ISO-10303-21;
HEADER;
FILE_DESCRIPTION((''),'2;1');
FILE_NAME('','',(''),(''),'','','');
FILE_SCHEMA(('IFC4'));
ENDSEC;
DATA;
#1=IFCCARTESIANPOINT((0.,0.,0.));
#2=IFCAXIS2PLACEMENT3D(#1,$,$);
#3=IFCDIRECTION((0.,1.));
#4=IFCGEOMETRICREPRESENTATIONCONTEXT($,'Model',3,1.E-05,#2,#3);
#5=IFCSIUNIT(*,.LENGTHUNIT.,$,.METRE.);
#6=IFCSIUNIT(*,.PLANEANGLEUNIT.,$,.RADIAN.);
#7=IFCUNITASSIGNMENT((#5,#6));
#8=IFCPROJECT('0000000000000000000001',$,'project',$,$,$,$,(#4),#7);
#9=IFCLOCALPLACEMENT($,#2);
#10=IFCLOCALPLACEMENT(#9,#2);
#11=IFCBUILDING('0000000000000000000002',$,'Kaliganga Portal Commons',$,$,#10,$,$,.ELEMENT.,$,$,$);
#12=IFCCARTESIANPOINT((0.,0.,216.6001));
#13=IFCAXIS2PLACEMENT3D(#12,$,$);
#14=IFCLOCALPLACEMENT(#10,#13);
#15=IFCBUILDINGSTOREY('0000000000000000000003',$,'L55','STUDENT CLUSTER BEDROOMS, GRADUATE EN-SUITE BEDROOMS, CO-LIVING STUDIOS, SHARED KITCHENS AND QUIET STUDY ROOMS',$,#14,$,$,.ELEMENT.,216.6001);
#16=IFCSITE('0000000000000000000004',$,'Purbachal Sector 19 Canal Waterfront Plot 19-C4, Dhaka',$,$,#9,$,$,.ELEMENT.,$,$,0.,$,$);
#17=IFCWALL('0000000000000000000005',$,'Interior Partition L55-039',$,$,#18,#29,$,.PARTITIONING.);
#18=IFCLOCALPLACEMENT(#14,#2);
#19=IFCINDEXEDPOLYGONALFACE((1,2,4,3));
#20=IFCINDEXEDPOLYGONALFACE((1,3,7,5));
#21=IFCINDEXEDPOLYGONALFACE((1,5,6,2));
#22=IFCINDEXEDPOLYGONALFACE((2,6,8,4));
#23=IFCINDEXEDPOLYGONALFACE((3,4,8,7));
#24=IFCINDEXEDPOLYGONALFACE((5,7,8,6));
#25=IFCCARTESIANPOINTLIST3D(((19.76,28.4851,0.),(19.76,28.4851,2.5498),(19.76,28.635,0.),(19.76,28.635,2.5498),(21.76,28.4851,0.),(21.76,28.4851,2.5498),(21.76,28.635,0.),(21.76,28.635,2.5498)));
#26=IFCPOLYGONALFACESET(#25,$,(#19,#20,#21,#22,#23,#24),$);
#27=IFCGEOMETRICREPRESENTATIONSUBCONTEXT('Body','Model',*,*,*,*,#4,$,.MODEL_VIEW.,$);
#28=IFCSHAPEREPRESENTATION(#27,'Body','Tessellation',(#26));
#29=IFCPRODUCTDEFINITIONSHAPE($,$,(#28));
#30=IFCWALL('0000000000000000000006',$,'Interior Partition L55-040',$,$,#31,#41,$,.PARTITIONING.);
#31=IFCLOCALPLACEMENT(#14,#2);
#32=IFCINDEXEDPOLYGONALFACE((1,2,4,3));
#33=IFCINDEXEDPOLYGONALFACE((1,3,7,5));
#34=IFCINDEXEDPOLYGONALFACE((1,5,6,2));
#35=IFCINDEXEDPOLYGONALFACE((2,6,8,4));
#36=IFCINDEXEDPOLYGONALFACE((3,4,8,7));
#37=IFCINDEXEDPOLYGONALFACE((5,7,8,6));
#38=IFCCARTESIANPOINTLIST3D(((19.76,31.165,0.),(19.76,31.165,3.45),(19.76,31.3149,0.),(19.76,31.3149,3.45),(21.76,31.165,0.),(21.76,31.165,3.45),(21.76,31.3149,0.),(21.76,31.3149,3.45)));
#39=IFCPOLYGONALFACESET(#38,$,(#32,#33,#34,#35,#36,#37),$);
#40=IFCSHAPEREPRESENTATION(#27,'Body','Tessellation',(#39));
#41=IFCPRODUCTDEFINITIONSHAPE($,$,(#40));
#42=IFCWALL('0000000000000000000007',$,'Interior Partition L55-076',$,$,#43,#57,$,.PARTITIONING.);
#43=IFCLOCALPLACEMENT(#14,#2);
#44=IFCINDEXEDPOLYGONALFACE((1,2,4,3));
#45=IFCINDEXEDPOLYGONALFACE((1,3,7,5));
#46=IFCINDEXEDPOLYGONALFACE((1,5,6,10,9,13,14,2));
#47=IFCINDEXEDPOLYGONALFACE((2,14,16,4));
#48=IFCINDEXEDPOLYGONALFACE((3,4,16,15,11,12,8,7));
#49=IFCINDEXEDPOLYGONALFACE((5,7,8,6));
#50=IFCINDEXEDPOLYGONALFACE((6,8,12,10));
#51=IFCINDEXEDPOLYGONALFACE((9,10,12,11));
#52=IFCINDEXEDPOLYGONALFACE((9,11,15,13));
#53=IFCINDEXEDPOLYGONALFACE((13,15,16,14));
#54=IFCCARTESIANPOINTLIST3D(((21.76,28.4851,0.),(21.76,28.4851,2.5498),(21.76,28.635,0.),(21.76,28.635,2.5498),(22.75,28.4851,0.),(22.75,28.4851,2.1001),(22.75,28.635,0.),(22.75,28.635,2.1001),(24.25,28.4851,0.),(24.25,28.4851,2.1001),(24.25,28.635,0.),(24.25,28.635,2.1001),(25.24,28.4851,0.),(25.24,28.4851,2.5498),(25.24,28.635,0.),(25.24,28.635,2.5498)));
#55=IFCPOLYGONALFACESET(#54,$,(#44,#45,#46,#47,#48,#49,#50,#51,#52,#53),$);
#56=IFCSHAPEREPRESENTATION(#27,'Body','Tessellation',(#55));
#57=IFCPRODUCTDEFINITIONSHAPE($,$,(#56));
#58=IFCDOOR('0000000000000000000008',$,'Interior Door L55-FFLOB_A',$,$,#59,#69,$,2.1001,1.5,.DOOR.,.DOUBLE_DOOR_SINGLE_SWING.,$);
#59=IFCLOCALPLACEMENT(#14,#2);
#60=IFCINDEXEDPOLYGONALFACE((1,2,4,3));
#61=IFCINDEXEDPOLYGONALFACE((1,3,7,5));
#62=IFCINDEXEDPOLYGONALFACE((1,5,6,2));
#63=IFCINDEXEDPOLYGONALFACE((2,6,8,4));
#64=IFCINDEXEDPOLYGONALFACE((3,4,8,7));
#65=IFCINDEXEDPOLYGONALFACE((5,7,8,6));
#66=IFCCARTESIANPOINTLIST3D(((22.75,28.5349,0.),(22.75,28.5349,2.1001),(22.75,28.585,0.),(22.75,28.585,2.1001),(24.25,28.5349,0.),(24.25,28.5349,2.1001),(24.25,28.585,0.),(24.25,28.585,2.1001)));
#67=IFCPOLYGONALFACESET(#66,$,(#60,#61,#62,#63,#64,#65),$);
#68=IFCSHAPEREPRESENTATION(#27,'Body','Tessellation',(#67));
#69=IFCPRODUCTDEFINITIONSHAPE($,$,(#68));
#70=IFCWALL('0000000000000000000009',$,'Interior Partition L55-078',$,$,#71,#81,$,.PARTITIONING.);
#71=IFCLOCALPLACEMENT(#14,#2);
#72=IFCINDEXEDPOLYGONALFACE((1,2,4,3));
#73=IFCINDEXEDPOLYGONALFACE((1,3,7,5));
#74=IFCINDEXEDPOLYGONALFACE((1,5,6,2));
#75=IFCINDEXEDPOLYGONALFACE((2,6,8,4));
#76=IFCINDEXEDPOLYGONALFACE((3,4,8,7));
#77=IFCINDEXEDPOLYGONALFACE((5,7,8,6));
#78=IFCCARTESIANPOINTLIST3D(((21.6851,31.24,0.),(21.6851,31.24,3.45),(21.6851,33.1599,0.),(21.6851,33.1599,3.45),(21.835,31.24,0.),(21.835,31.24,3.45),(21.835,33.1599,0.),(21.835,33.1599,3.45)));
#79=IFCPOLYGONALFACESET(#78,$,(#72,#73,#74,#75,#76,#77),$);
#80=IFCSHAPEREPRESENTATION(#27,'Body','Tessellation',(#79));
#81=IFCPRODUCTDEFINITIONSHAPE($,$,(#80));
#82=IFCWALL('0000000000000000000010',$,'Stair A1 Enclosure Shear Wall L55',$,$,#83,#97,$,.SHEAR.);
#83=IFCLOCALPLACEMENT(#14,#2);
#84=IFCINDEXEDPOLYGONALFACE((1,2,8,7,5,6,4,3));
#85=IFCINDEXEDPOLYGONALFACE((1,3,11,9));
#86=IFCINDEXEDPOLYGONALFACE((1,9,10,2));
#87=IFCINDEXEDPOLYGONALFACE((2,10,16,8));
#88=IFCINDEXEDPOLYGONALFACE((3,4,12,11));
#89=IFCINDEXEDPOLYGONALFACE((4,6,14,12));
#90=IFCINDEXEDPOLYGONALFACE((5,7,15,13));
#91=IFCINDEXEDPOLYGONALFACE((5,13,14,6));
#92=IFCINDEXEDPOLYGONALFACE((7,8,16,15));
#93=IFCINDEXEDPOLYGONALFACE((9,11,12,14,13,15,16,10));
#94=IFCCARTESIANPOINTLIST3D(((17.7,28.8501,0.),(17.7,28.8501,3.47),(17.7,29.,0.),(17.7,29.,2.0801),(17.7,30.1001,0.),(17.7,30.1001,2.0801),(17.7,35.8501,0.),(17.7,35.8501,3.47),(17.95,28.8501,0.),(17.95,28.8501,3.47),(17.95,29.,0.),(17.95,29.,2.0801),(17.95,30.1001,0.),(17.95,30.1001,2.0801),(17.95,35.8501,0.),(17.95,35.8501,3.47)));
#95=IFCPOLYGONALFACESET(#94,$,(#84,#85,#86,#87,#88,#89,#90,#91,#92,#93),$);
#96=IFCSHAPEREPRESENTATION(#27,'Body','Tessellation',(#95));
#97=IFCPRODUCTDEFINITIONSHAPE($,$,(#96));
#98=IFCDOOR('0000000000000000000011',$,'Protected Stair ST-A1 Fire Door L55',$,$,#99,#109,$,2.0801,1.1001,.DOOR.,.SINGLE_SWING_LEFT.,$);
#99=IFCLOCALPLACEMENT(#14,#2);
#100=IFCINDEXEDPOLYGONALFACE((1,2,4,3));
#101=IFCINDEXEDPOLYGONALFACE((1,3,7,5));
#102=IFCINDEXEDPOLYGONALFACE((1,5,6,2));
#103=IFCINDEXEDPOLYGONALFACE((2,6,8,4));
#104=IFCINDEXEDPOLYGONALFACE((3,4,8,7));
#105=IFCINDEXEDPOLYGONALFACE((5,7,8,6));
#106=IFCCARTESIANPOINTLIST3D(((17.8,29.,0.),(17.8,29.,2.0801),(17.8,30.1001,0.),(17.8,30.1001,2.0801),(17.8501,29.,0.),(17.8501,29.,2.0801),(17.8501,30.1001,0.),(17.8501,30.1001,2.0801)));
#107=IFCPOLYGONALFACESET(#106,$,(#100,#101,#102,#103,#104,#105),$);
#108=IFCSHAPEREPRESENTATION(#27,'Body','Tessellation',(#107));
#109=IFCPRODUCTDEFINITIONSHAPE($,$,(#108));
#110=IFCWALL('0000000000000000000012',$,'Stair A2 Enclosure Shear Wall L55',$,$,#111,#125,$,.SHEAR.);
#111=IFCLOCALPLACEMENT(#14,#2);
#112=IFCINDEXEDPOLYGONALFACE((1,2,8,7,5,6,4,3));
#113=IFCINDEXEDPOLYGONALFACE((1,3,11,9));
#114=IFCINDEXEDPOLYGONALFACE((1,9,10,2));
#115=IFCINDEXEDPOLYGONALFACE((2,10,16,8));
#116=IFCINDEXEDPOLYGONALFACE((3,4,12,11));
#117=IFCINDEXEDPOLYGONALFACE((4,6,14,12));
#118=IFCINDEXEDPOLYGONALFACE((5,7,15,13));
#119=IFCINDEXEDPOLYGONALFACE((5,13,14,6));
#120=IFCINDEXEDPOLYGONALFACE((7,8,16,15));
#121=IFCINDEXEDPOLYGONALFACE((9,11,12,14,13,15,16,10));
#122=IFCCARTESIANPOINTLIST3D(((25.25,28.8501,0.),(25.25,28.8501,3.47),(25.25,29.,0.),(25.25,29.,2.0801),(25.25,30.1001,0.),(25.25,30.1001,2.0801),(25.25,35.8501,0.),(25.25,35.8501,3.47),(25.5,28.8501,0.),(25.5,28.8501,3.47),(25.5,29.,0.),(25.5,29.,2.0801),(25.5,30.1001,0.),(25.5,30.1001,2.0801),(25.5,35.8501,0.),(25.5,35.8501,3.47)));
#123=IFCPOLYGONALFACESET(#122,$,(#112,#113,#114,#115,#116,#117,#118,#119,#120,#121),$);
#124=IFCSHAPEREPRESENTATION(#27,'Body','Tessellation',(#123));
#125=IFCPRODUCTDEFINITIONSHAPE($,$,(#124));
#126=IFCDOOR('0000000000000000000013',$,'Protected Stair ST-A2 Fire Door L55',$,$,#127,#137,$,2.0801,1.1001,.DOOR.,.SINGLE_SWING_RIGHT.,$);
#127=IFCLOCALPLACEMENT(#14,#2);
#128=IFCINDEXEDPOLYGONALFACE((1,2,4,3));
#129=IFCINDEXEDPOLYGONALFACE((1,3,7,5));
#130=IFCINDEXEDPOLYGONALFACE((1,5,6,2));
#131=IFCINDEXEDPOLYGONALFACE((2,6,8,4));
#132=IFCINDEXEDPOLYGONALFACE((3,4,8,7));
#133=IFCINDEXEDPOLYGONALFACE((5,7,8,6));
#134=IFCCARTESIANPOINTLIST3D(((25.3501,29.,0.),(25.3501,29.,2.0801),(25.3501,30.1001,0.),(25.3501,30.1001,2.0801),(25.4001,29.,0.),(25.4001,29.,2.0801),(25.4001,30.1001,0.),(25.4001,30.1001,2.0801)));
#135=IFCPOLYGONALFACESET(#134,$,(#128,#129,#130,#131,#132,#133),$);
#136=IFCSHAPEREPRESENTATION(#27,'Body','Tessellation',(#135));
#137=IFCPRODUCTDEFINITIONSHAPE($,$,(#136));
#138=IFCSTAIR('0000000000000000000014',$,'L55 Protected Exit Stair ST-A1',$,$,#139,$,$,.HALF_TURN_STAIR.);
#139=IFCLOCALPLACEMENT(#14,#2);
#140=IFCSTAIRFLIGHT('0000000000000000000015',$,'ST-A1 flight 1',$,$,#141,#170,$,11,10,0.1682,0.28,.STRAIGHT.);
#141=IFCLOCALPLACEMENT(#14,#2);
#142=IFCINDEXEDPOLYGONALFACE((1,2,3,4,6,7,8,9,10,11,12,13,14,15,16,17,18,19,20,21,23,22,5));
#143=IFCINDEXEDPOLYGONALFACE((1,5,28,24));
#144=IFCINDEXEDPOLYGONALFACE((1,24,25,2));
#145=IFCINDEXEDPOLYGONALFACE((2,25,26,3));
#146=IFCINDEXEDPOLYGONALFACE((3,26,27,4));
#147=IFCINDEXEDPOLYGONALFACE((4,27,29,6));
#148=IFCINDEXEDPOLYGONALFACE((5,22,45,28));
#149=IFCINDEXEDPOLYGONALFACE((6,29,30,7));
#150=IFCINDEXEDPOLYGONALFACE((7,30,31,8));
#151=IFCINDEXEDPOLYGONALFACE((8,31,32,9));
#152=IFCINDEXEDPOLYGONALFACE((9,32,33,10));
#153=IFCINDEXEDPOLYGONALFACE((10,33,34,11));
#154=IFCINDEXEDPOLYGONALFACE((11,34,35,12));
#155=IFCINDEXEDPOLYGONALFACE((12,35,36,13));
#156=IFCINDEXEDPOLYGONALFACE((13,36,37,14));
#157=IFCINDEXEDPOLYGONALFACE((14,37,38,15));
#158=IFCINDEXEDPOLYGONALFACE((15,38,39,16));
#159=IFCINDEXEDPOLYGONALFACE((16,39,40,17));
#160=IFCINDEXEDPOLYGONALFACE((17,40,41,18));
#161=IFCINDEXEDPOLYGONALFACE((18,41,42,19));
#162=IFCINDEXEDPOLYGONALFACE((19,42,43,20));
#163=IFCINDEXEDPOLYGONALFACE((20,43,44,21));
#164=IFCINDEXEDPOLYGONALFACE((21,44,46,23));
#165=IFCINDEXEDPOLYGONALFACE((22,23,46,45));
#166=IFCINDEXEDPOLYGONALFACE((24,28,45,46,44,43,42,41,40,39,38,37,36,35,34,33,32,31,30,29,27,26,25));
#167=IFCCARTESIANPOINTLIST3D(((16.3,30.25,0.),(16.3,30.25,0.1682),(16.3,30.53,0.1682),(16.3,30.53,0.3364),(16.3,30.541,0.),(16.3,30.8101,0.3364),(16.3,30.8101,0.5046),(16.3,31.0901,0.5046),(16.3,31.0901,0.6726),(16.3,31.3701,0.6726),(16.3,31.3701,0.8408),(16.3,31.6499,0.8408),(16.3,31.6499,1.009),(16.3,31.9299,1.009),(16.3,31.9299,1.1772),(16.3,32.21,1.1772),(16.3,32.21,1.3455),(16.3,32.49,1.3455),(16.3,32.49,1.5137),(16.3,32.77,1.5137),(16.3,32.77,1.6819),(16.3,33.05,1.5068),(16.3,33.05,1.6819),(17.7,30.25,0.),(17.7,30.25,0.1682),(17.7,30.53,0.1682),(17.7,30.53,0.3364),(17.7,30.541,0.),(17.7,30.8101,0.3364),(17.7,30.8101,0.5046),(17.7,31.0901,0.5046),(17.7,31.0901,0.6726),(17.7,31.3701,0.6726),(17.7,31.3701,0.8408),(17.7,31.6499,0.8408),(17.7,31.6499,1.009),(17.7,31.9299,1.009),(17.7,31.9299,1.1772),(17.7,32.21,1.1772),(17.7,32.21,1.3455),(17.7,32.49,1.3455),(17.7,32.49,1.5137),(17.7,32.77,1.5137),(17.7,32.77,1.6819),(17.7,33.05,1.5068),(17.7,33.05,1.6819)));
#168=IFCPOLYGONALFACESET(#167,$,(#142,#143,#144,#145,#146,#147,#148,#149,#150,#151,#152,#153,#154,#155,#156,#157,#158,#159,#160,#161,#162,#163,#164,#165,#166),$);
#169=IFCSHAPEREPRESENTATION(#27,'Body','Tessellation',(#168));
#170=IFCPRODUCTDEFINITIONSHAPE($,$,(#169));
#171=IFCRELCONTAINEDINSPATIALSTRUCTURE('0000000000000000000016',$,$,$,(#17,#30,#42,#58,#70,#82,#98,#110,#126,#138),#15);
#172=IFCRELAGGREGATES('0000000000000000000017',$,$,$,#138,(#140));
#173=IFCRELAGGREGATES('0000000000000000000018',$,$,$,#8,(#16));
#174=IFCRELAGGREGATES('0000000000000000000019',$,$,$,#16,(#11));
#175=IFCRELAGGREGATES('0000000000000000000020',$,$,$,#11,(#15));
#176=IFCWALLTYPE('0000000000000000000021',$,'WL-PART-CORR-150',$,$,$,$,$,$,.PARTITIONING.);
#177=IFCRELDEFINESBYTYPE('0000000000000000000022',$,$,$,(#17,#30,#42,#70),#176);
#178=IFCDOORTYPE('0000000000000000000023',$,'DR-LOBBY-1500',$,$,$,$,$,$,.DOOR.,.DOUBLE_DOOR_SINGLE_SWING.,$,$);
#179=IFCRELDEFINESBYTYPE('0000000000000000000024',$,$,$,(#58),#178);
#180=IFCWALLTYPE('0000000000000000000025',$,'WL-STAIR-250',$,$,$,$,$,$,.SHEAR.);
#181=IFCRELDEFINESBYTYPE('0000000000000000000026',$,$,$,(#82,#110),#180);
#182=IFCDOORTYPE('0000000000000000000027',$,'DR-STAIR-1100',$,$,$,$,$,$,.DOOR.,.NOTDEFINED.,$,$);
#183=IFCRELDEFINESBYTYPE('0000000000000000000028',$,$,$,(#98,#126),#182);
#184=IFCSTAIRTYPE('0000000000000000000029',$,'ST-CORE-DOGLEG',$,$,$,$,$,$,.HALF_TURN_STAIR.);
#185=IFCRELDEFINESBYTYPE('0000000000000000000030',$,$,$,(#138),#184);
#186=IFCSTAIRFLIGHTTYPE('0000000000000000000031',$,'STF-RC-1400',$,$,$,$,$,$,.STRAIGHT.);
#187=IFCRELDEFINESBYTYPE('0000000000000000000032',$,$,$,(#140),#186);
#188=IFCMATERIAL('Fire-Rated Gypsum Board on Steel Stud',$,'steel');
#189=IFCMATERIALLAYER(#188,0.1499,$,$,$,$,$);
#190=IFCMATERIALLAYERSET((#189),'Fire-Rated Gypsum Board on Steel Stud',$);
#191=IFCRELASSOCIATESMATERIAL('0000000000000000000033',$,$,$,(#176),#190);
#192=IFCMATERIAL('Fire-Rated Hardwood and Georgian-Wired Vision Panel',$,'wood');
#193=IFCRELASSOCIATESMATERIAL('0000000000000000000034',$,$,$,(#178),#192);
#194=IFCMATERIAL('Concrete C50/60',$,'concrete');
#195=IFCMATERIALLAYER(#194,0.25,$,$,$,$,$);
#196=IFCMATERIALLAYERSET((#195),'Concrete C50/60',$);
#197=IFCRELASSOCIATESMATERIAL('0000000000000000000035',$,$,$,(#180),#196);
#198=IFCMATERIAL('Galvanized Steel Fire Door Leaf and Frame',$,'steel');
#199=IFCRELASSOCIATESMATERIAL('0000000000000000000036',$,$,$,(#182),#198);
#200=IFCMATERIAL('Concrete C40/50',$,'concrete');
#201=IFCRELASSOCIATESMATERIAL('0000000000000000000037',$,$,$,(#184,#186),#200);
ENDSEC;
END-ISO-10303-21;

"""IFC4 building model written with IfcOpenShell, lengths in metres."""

from ifc_helpers import new_model, si_unit, direction, frame, frame_2d, origin, place, context, subcontext, project, spatial, polyline, rectangle, outline, extrude, material, layer, layer_set, type_object, element, fill, aggregate, save


model = new_model("IFC4")

# Units and contexts
model_context = context("Model", 3, precision=1e-05, world=origin(), true_north=direction((0.0, 1.0)))
body_context = subcontext(model_context, "Body", "Model", "MODEL_VIEW")
ifc_project = project(units=[si_unit("LENGTHUNIT", "METRE"), si_unit("PLANEANGLEUNIT", "RADIAN")], contexts=[model_context])

# Site, building, storey
site_placement = place(None, origin())
site = spatial("IfcSite", under=ifc_project, at=site_placement, Name="Purbachal Sector 19 Canal Waterfront Plot 19-C4, Dhaka", CompositionType="ELEMENT", RefElevation=0.0)
building_placement = place(site_placement, origin())
building = spatial("IfcBuilding", under=site, at=building_placement, Name="Kaliganga Portal Commons", CompositionType="ELEMENT")
storey_placement = place(building_placement, frame((0.0, 0.0, 216.6001)))
storey = spatial("IfcBuildingStorey", under=building, at=storey_placement, Name="L55", Description="STUDENT CLUSTER BEDROOMS, GRADUATE EN-SUITE BEDROOMS, CO-LIVING STUDIOS, SHARED KITCHENS AND QUIET STUDY ROOMS", CompositionType="ELEMENT", Elevation=216.6001)

# Shared definitions
ifc_material_1 = material(Name="Concrete C50/60", Category="concrete")

# Shared definitions
ifc_material_2 = material(Name="Fire-Rated Gypsum Board on Steel Stud", Category="steel")
ifc_layer_1 = layer(ifc_material_2, 0.1499)
ifc_layer_set_1 = layer_set([ifc_layer_1], Name="Fire-Rated Gypsum Board on Steel Stud")
wall_type_1 = type_object("IfcWallType", Name="WL-PART-CORR-150", PredefinedType="PARTITIONING", material=ifc_layer_set_1)

# Walls
wall_1_placement = place(storey_placement, frame((19.76, 28.5601, 0.0), z_axis=(0.0, 0.0, 1.0), x_axis=(1.0, 0.0, 0.0)))
element("IfcWall", 1, at=wall_1_placement, inside=storey, type_object=wall_type_1, Name="Interior Partition L55-039", PredefinedType="PARTITIONING", context=body_context, shape_type="SweptSolid", body=[
    extrude(rectangle(XDim=2.0, YDim=0.1499, at=frame_2d((1.0, 0.0))), origin(), (0.0, 0.0, 1.0), 2.5498),
])
wall_2_placement = place(storey_placement, frame((19.76, 31.24, 0.0), z_axis=(0.0, 0.0, 1.0), x_axis=(1.0, 0.0, 0.0)))
element("IfcWall", 2, at=wall_2_placement, inside=storey, type_object=wall_type_1, Name="Interior Partition L55-040", PredefinedType="PARTITIONING", context=body_context, shape_type="SweptSolid", body=[
    extrude(rectangle(XDim=2.0, YDim=0.1499, at=frame_2d((1.0, 0.0))), origin(), (0.0, 0.0, 1.0), 3.45),
])

# Wall, opening, door
wall_3_placement = place(storey_placement, frame((21.76, 28.5601, 0.0), z_axis=(0.0, 0.0, 1.0), x_axis=(1.0, 0.0, 0.0)))
wall_3 = element("IfcWall", 3, at=wall_3_placement, inside=storey, type_object=wall_type_1, Name="Interior Partition L55-076", PredefinedType="PARTITIONING", context=body_context, shape_type="SweptSolid", body=[
    extrude(rectangle(XDim=3.48, YDim=0.1499, at=frame_2d((1.74, 0.0))), origin(), (0.0, 0.0, 1.0), 2.5498),
])
opening_1_placement = place(wall_3_placement, frame((0.99, 0.0, 0.0)))
opening_1 = element("IfcOpeningElement", 4, at=opening_1_placement, cuts=wall_3, PredefinedType="OPENING", context=body_context, shape_type="SweptSolid", body=[
    extrude(rectangle(XDim=1.5, YDim=2.1001, at=frame_2d((0.75, 1.05))), frame((0.0, 0.085, 0.0), z_axis=(0.0, -1.0, 0.0), x_axis=(1.0, 0.0, 0.0)), (0.0, 0.0, 1.0), 0.1699),
])
ifc_material_3 = material(Name="Fire-Rated Hardwood and Georgian-Wired Vision Panel", Category="wood")
door_type_1 = type_object("IfcDoorType", Name="DR-LOBBY-1500", OperationType="DOUBLE_DOOR_SINGLE_SWING", PredefinedType="DOOR", material=ifc_material_3)
door_1_placement = place(opening_1_placement, origin())
door_1 = element("IfcDoor", 5, at=door_1_placement, inside=storey, type_object=door_type_1, Name="Interior Door L55-FFLOB_A", OperationType="DOUBLE_DOOR_SINGLE_SWING", OverallHeight=2.1001, OverallWidth=1.5, PredefinedType="DOOR", context=body_context, shape_type="SweptSolid", body=[
    extrude(rectangle(XDim=1.5, YDim=2.1001, at=frame_2d((0.75, 1.05))), frame((0.0, 0.0249, 0.0), z_axis=(0.0, -1.0, 0.0), x_axis=(1.0, 0.0, 0.0)), (0.0, 0.0, 1.0), 0.05),
])
fill(opening_1, door_1)

# Wall
wall_4_placement = place(storey_placement, frame((21.76, 31.24, 0.0), z_axis=(0.0, 0.0, 1.0), x_axis=(0.0, 1.0, 0.0)))
element("IfcWall", 6, at=wall_4_placement, inside=storey, type_object=wall_type_1, Name="Interior Partition L55-078", PredefinedType="PARTITIONING", context=body_context, shape_type="SweptSolid", body=[
    extrude(rectangle(XDim=1.9199, YDim=0.1499, at=frame_2d((0.96, 0.0))), origin(), (0.0, 0.0, 1.0), 3.45),
])

# Walls, openings, doors
ifc_layer_2 = layer(ifc_material_1, 0.25)
ifc_layer_set_2 = layer_set([ifc_layer_2], Name="Concrete C50/60")
wall_type_2 = type_object("IfcWallType", Name="WL-STAIR-250", PredefinedType="SHEAR", material=ifc_layer_set_2)
wall_5_placement = place(storey_placement, frame((17.825, 28.8501, 0.0), z_axis=(0.0, 0.0, 1.0), x_axis=(0.0, 1.0, 0.0)))
wall_5 = element("IfcWall", 7, at=wall_5_placement, inside=storey, type_object=wall_type_2, Name="Stair A1 Enclosure Shear Wall L55", PredefinedType="SHEAR", context=body_context, shape_type="SweptSolid", body=[
    extrude(rectangle(XDim=7.0, YDim=0.25, at=frame_2d((3.5, 0.0))), origin(), (0.0, 0.0, 1.0), 3.47),
])
opening_2_placement = place(wall_5_placement, frame((0.1499, 0.0, 0.0)))
opening_2 = element("IfcOpeningElement", 8, at=opening_2_placement, cuts=wall_5, PredefinedType="OPENING", context=body_context, shape_type="SweptSolid", body=[
    extrude(rectangle(XDim=1.1001, YDim=2.0801, at=frame_2d((0.55, 1.04))), frame((0.0, 0.135, 0.0), z_axis=(0.0, -1.0, 0.0), x_axis=(1.0, 0.0, 0.0)), (0.0, 0.0, 1.0), 0.27),
])
ifc_material_4 = material(Name="Galvanized Steel Fire Door Leaf and Frame", Category="steel")
door_type_2 = type_object("IfcDoorType", Name="DR-STAIR-1100", OperationType="NOTDEFINED", PredefinedType="DOOR", material=ifc_material_4)
door_2_placement = place(opening_2_placement, origin())
door_2 = element("IfcDoor", 9, at=door_2_placement, inside=storey, type_object=door_type_2, Name="Protected Stair ST-A1 Fire Door L55", OperationType="SINGLE_SWING_LEFT", OverallHeight=2.0801, OverallWidth=1.1001, PredefinedType="DOOR", context=body_context, shape_type="SweptSolid", body=[
    extrude(rectangle(XDim=1.1001, YDim=2.0801, at=frame_2d((0.55, 1.04))), frame((0.0, 0.0249, 0.0), z_axis=(0.0, -1.0, 0.0), x_axis=(1.0, 0.0, 0.0)), (0.0, 0.0, 1.0), 0.05),
])
fill(opening_2, door_2)
wall_6_placement = place(storey_placement, frame((25.375, 28.8501, 0.0), z_axis=(0.0, 0.0, 1.0), x_axis=(0.0, 1.0, 0.0)))
wall_6 = element("IfcWall", 10, at=wall_6_placement, inside=storey, type_object=wall_type_2, Name="Stair A2 Enclosure Shear Wall L55", PredefinedType="SHEAR", context=body_context, shape_type="SweptSolid", body=[
    extrude(rectangle(XDim=7.0, YDim=0.25, at=frame_2d((3.5, 0.0))), origin(), (0.0, 0.0, 1.0), 3.47),
])
opening_3_placement = place(wall_6_placement, frame((0.1499, 0.0, 0.0)))
opening_3 = element("IfcOpeningElement", 11, at=opening_3_placement, cuts=wall_6, PredefinedType="OPENING", context=body_context, shape_type="SweptSolid", body=[
    extrude(rectangle(XDim=1.1001, YDim=2.0801, at=frame_2d((0.55, 1.04))), frame((0.0, 0.135, 0.0), z_axis=(0.0, -1.0, 0.0), x_axis=(1.0, 0.0, 0.0)), (0.0, 0.0, 1.0), 0.27),
])
door_3_placement = place(opening_3_placement, origin())
door_3 = element("IfcDoor", 12, at=door_3_placement, inside=storey, type_object=door_type_2, Name="Protected Stair ST-A2 Fire Door L55", OperationType="SINGLE_SWING_RIGHT", OverallHeight=2.0801, OverallWidth=1.1001, PredefinedType="DOOR", context=body_context, shape_type="SweptSolid", body=[
    extrude(rectangle(XDim=1.1001, YDim=2.0801, at=frame_2d((0.55, 1.04))), frame((0.0, 0.0249, 0.0), z_axis=(0.0, -1.0, 0.0), x_axis=(1.0, 0.0, 0.0)), (0.0, 0.0, 1.0), 0.05),
])
fill(opening_3, door_3)

# Stair, stair flight
ifc_material_5 = material(Name="Concrete C40/50", Category="concrete")
stair_type = type_object("IfcStairType", Name="ST-CORE-DOGLEG", PredefinedType="HALF_TURN_STAIR", material=ifc_material_5)
stair_1_placement = place(storey_placement, origin())
stair_1 = element("IfcStair", 13, at=stair_1_placement, inside=storey, type_object=stair_type, Name="L55 Protected Exit Stair ST-A1", PredefinedType="HALF_TURN_STAIR")
stair_flight_type = type_object("IfcStairFlightType", Name="STF-RC-1400", PredefinedType="STRAIGHT", material=ifc_material_5)
stair_flight_1_placement = place(storey_placement, frame((17.0, 30.25, 0.0), z_axis=(0.0, 0.0, 1.0), x_axis=(0.0, 1.0, 0.0)))
stair_flight_1 = element("IfcStairFlight", 14, at=stair_flight_1_placement, type_object=stair_flight_type, Name="ST-A1 flight 1", NumberOfRisers=11, NumberOfTreads=10, PredefinedType="STRAIGHT", RiserHeight=0.1682, TreadLength=0.28, context=body_context, shape_type="SweptSolid", body=[
    extrude(outline(polyline([(0.0, 0.0), (0.0, 0.1682), (0.28, 0.1682), (0.28, 0.3364), (0.5601, 0.3364), (0.5601, 0.5046), (0.8401, 0.5046), (0.8401, 0.6726), (1.1201, 0.6726), (1.1201, 0.8408), (1.3999, 0.8408), (1.3999, 1.009), (1.6799, 1.009), (1.6799, 1.1772), (1.96, 1.1772), (1.96, 1.3455), (2.24, 1.3455), (2.24, 1.5137), (2.52, 1.5137), (2.52, 1.6819), (2.8, 1.6819), (2.8, 1.8501), (2.8, 1.5068), (0.291, 0.0), (0.0, 0.0)])), frame((0.0, 0.7, 0.0), z_axis=(0.0, -1.0, 0.0), x_axis=(1.0, 0.0, 0.0)), (0.0, 0.0, 1.0), 1.3999),
])
aggregate(stair_1, [stair_flight_1])

save(model, "model.ifc")
